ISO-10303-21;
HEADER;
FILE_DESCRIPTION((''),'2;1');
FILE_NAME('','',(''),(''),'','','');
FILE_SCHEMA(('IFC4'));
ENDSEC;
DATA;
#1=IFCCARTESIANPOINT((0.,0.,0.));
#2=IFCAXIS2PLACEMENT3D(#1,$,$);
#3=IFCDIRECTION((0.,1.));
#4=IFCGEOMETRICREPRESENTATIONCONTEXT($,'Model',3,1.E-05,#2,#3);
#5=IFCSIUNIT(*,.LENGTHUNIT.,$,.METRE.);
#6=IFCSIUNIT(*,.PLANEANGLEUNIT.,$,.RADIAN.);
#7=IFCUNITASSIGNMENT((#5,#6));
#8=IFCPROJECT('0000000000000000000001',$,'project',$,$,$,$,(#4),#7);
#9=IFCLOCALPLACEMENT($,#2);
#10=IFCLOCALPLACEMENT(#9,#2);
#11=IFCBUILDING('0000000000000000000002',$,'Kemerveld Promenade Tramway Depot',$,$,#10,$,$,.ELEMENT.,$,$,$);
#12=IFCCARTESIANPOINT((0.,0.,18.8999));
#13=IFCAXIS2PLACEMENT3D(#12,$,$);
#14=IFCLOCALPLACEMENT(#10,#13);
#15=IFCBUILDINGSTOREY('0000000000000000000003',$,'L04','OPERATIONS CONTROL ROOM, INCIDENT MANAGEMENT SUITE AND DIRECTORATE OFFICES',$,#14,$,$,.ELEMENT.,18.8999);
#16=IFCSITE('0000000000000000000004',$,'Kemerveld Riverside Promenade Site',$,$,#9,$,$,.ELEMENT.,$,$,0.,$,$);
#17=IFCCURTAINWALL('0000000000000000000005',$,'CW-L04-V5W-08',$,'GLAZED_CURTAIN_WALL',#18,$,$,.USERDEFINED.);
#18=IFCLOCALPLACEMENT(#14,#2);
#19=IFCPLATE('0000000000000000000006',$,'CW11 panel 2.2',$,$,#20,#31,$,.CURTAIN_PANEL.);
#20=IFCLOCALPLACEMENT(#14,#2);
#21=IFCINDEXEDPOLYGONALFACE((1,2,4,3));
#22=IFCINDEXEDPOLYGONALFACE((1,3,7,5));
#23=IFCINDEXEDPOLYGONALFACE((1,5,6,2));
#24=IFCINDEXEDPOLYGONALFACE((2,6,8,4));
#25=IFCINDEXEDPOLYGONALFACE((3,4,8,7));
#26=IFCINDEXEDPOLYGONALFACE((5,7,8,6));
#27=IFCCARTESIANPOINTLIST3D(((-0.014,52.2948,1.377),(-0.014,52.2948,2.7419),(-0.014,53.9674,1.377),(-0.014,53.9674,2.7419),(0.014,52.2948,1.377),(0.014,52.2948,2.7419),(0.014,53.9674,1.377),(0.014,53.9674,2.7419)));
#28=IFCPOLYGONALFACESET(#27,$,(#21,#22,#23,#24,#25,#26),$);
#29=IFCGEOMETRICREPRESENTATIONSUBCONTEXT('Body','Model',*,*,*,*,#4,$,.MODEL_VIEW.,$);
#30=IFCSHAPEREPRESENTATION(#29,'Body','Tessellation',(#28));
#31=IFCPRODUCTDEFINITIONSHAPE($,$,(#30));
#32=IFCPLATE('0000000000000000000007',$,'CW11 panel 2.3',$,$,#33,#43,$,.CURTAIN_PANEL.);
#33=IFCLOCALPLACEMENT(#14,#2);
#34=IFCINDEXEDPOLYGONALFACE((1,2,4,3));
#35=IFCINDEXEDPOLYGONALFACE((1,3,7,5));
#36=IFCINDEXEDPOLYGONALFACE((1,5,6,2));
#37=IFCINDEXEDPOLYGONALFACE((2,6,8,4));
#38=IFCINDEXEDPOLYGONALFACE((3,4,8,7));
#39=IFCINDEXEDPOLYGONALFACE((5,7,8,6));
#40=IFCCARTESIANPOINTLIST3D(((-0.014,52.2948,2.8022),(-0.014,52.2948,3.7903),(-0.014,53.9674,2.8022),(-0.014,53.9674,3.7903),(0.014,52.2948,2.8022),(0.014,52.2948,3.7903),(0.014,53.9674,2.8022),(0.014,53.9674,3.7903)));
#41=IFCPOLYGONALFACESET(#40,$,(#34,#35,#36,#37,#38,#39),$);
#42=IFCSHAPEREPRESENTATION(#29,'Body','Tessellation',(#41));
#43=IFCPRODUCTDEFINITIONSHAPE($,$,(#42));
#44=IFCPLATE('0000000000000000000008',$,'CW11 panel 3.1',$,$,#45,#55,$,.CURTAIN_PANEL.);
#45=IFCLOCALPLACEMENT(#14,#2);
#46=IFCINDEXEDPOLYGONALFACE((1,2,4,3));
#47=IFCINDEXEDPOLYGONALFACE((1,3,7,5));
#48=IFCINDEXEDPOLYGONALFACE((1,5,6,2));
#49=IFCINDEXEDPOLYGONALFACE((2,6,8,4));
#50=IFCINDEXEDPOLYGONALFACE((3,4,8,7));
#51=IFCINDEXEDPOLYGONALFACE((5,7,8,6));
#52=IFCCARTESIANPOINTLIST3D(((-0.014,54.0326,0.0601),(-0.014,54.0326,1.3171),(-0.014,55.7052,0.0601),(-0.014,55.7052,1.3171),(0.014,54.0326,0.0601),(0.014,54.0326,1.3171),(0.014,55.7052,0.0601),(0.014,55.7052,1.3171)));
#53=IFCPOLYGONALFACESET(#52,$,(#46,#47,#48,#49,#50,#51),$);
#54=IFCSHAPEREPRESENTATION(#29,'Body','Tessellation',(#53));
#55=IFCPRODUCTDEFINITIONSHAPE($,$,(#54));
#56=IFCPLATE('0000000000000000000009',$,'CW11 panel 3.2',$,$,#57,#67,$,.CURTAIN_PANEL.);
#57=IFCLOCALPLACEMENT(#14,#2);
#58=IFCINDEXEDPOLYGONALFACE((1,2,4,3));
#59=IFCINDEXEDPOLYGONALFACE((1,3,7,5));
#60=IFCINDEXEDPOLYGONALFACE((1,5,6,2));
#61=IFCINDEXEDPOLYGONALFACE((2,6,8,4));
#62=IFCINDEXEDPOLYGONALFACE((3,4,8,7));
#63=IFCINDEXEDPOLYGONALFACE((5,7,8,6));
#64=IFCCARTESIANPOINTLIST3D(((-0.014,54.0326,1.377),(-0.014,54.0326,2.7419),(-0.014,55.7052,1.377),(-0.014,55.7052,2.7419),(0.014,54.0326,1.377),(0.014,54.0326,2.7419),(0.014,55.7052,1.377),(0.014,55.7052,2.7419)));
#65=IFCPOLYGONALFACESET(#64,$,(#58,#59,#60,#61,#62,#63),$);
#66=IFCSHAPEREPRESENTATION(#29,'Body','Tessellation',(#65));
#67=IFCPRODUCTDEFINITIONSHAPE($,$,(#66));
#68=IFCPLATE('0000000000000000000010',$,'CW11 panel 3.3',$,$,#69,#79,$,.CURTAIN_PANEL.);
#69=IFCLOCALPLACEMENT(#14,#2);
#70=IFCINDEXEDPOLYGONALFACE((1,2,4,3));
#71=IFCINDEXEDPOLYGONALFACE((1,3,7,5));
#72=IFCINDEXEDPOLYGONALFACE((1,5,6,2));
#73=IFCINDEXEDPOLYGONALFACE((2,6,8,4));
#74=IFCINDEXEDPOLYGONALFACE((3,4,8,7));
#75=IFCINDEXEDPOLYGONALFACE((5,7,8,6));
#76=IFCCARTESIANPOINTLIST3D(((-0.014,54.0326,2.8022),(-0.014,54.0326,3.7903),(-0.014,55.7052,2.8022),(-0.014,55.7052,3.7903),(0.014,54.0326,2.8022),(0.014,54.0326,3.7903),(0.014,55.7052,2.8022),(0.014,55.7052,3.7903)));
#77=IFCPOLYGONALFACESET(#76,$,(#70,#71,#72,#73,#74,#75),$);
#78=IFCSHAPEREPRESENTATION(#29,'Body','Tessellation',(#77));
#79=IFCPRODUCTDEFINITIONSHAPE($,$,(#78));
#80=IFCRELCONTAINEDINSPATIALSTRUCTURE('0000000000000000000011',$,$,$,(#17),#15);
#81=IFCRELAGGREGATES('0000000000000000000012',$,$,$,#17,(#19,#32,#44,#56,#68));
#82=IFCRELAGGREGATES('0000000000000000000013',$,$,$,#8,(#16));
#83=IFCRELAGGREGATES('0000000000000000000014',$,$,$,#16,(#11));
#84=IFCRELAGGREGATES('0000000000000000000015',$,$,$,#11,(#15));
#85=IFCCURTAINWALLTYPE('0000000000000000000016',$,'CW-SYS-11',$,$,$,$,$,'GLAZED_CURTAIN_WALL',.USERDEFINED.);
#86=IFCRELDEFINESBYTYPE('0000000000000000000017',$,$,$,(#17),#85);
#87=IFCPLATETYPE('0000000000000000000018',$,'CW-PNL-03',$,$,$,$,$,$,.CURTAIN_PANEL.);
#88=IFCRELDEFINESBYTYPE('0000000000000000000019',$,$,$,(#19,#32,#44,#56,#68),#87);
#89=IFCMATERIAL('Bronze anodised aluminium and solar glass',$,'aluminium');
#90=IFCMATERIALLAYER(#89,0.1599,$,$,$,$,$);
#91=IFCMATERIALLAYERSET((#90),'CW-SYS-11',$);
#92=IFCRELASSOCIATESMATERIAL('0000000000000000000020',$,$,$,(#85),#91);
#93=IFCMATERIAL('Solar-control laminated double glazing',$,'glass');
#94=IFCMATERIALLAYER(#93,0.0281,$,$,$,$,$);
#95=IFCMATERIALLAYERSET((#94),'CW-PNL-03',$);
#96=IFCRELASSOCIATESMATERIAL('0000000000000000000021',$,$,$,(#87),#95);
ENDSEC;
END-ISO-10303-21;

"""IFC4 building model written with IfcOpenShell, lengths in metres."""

from ifc_helpers import new_model, si_unit, direction, frame, origin, origin_2d, place, context, subcontext, project, spatial, rectangle, extrude, material, layer, layer_set, type_object, element, aggregate, save


model = new_model("IFC4")

# Units and contexts
model_context = context("Model", 3, precision=1e-05, world=origin(), true_north=direction((0.0, 1.0)))
body_context = subcontext(model_context, "Body", "Model", "MODEL_VIEW")
ifc_project = project(units=[si_unit("LENGTHUNIT", "METRE"), si_unit("PLANEANGLEUNIT", "RADIAN")], contexts=[model_context])

# Site, building, storey
site_placement = place(None, origin())
site = spatial("IfcSite", under=ifc_project, at=site_placement, Name="Kemerveld Riverside Promenade Site", CompositionType="ELEMENT", RefElevation=0.0)
building_placement = place(site_placement, origin())
building = spatial("IfcBuilding", under=site, at=building_placement, Name="Kemerveld Promenade Tramway Depot", CompositionType="ELEMENT")
storey_placement = place(building_placement, frame((0.0, 0.0, 18.8999)))
storey = spatial("IfcBuildingStorey", under=building, at=storey_placement, Name="L04", Description="OPERATIONS CONTROL ROOM, INCIDENT MANAGEMENT SUITE AND DIRECTORATE OFFICES", CompositionType="ELEMENT", Elevation=18.8999)

# Curtain wall, plates
ifc_material_1 = material(Name="Bronze anodised aluminium and solar glass", Category="aluminium")
ifc_layer_1 = layer(ifc_material_1, 0.1599)
ifc_layer_set_1 = layer_set([ifc_layer_1], Name="CW-SYS-11")
curtain_wall_type = type_object("IfcCurtainWallType", Name="CW-SYS-11", ElementType="GLAZED_CURTAIN_WALL", PredefinedType="USERDEFINED", material=ifc_layer_set_1)
curtain_wall_placement = place(storey_placement, origin())
curtain_wall = element("IfcCurtainWall", 1, at=curtain_wall_placement, inside=storey, type_object=curtain_wall_type, Name="CW-L04-V5W-08", ObjectType="GLAZED_CURTAIN_WALL", PredefinedType="USERDEFINED")
ifc_material_2 = material(Name="Solar-control laminated double glazing", Category="glass")
ifc_layer_2 = layer(ifc_material_2, 0.0281)
ifc_layer_set_2 = layer_set([ifc_layer_2], Name="CW-PNL-03")
plate_type = type_object("IfcPlateType", Name="CW-PNL-03", PredefinedType="CURTAIN_PANEL", material=ifc_layer_set_2)
plate_1_placement = place(storey_placement, frame((0.0, 53.1311, 1.377), z_axis=(0.0, 0.0, 1.0), x_axis=(0.0, 1.0, 0.0)))
plate_1 = element("IfcPlate", 2, at=plate_1_placement, type_object=plate_type, Name="CW11 panel 2.2", PredefinedType="CURTAIN_PANEL", context=body_context, shape_type="SweptSolid", body=[
    extrude(rectangle(XDim=1.6726, YDim=0.0281, at=origin_2d()), origin(), (0.0, 0.0, 1.0), 1.365),
])
plate_2_placement = place(storey_placement, frame((0.0, 53.1311, 2.8022), z_axis=(0.0, 0.0, 1.0), x_axis=(0.0, 1.0, 0.0)))
plate_2 = element("IfcPlate", 3, at=plate_2_placement, type_object=plate_type, Name="CW11 panel 2.3", PredefinedType="CURTAIN_PANEL", context=body_context, shape_type="SweptSolid", body=[
    extrude(rectangle(XDim=1.6726, YDim=0.0281, at=origin_2d()), origin(), (0.0, 0.0, 1.0), 0.988),
])
plate_3_placement = place(storey_placement, frame((0.0, 54.8689, 0.0601), z_axis=(0.0, 0.0, 1.0), x_axis=(0.0, 1.0, 0.0)))
plate_3 = element("IfcPlate", 4, at=plate_3_placement, type_object=plate_type, Name="CW11 panel 3.1", PredefinedType="CURTAIN_PANEL", context=body_context, shape_type="SweptSolid", body=[
    extrude(rectangle(XDim=1.6726, YDim=0.0281, at=origin_2d()), origin(), (0.0, 0.0, 1.0), 1.2571),
])
plate_4_placement = place(storey_placement, frame((0.0, 54.8689, 1.377), z_axis=(0.0, 0.0, 1.0), x_axis=(0.0, 1.0, 0.0)))
plate_4 = element("IfcPlate", 5, at=plate_4_placement, type_object=plate_type, Name="CW11 panel 3.2", PredefinedType="CURTAIN_PANEL", context=body_context, shape_type="SweptSolid", body=[
    extrude(rectangle(XDim=1.6726, YDim=0.0281, at=origin_2d()), origin(), (0.0, 0.0, 1.0), 1.365),
])
plate_5_placement = place(storey_placement, frame((0.0, 54.8689, 2.8022), z_axis=(0.0, 0.0, 1.0), x_axis=(0.0, 1.0, 0.0)))
plate_5 = element("IfcPlate", 6, at=plate_5_placement, type_object=plate_type, Name="CW11 panel 3.3", PredefinedType="CURTAIN_PANEL", context=body_context, shape_type="SweptSolid", body=[
    extrude(rectangle(XDim=1.6726, YDim=0.0281, at=origin_2d()), origin(), (0.0, 0.0, 1.0), 0.988),
])
aggregate(curtain_wall, [plate_1, plate_2, plate_3, plate_4, plate_5])

save(model, "model.ifc")
